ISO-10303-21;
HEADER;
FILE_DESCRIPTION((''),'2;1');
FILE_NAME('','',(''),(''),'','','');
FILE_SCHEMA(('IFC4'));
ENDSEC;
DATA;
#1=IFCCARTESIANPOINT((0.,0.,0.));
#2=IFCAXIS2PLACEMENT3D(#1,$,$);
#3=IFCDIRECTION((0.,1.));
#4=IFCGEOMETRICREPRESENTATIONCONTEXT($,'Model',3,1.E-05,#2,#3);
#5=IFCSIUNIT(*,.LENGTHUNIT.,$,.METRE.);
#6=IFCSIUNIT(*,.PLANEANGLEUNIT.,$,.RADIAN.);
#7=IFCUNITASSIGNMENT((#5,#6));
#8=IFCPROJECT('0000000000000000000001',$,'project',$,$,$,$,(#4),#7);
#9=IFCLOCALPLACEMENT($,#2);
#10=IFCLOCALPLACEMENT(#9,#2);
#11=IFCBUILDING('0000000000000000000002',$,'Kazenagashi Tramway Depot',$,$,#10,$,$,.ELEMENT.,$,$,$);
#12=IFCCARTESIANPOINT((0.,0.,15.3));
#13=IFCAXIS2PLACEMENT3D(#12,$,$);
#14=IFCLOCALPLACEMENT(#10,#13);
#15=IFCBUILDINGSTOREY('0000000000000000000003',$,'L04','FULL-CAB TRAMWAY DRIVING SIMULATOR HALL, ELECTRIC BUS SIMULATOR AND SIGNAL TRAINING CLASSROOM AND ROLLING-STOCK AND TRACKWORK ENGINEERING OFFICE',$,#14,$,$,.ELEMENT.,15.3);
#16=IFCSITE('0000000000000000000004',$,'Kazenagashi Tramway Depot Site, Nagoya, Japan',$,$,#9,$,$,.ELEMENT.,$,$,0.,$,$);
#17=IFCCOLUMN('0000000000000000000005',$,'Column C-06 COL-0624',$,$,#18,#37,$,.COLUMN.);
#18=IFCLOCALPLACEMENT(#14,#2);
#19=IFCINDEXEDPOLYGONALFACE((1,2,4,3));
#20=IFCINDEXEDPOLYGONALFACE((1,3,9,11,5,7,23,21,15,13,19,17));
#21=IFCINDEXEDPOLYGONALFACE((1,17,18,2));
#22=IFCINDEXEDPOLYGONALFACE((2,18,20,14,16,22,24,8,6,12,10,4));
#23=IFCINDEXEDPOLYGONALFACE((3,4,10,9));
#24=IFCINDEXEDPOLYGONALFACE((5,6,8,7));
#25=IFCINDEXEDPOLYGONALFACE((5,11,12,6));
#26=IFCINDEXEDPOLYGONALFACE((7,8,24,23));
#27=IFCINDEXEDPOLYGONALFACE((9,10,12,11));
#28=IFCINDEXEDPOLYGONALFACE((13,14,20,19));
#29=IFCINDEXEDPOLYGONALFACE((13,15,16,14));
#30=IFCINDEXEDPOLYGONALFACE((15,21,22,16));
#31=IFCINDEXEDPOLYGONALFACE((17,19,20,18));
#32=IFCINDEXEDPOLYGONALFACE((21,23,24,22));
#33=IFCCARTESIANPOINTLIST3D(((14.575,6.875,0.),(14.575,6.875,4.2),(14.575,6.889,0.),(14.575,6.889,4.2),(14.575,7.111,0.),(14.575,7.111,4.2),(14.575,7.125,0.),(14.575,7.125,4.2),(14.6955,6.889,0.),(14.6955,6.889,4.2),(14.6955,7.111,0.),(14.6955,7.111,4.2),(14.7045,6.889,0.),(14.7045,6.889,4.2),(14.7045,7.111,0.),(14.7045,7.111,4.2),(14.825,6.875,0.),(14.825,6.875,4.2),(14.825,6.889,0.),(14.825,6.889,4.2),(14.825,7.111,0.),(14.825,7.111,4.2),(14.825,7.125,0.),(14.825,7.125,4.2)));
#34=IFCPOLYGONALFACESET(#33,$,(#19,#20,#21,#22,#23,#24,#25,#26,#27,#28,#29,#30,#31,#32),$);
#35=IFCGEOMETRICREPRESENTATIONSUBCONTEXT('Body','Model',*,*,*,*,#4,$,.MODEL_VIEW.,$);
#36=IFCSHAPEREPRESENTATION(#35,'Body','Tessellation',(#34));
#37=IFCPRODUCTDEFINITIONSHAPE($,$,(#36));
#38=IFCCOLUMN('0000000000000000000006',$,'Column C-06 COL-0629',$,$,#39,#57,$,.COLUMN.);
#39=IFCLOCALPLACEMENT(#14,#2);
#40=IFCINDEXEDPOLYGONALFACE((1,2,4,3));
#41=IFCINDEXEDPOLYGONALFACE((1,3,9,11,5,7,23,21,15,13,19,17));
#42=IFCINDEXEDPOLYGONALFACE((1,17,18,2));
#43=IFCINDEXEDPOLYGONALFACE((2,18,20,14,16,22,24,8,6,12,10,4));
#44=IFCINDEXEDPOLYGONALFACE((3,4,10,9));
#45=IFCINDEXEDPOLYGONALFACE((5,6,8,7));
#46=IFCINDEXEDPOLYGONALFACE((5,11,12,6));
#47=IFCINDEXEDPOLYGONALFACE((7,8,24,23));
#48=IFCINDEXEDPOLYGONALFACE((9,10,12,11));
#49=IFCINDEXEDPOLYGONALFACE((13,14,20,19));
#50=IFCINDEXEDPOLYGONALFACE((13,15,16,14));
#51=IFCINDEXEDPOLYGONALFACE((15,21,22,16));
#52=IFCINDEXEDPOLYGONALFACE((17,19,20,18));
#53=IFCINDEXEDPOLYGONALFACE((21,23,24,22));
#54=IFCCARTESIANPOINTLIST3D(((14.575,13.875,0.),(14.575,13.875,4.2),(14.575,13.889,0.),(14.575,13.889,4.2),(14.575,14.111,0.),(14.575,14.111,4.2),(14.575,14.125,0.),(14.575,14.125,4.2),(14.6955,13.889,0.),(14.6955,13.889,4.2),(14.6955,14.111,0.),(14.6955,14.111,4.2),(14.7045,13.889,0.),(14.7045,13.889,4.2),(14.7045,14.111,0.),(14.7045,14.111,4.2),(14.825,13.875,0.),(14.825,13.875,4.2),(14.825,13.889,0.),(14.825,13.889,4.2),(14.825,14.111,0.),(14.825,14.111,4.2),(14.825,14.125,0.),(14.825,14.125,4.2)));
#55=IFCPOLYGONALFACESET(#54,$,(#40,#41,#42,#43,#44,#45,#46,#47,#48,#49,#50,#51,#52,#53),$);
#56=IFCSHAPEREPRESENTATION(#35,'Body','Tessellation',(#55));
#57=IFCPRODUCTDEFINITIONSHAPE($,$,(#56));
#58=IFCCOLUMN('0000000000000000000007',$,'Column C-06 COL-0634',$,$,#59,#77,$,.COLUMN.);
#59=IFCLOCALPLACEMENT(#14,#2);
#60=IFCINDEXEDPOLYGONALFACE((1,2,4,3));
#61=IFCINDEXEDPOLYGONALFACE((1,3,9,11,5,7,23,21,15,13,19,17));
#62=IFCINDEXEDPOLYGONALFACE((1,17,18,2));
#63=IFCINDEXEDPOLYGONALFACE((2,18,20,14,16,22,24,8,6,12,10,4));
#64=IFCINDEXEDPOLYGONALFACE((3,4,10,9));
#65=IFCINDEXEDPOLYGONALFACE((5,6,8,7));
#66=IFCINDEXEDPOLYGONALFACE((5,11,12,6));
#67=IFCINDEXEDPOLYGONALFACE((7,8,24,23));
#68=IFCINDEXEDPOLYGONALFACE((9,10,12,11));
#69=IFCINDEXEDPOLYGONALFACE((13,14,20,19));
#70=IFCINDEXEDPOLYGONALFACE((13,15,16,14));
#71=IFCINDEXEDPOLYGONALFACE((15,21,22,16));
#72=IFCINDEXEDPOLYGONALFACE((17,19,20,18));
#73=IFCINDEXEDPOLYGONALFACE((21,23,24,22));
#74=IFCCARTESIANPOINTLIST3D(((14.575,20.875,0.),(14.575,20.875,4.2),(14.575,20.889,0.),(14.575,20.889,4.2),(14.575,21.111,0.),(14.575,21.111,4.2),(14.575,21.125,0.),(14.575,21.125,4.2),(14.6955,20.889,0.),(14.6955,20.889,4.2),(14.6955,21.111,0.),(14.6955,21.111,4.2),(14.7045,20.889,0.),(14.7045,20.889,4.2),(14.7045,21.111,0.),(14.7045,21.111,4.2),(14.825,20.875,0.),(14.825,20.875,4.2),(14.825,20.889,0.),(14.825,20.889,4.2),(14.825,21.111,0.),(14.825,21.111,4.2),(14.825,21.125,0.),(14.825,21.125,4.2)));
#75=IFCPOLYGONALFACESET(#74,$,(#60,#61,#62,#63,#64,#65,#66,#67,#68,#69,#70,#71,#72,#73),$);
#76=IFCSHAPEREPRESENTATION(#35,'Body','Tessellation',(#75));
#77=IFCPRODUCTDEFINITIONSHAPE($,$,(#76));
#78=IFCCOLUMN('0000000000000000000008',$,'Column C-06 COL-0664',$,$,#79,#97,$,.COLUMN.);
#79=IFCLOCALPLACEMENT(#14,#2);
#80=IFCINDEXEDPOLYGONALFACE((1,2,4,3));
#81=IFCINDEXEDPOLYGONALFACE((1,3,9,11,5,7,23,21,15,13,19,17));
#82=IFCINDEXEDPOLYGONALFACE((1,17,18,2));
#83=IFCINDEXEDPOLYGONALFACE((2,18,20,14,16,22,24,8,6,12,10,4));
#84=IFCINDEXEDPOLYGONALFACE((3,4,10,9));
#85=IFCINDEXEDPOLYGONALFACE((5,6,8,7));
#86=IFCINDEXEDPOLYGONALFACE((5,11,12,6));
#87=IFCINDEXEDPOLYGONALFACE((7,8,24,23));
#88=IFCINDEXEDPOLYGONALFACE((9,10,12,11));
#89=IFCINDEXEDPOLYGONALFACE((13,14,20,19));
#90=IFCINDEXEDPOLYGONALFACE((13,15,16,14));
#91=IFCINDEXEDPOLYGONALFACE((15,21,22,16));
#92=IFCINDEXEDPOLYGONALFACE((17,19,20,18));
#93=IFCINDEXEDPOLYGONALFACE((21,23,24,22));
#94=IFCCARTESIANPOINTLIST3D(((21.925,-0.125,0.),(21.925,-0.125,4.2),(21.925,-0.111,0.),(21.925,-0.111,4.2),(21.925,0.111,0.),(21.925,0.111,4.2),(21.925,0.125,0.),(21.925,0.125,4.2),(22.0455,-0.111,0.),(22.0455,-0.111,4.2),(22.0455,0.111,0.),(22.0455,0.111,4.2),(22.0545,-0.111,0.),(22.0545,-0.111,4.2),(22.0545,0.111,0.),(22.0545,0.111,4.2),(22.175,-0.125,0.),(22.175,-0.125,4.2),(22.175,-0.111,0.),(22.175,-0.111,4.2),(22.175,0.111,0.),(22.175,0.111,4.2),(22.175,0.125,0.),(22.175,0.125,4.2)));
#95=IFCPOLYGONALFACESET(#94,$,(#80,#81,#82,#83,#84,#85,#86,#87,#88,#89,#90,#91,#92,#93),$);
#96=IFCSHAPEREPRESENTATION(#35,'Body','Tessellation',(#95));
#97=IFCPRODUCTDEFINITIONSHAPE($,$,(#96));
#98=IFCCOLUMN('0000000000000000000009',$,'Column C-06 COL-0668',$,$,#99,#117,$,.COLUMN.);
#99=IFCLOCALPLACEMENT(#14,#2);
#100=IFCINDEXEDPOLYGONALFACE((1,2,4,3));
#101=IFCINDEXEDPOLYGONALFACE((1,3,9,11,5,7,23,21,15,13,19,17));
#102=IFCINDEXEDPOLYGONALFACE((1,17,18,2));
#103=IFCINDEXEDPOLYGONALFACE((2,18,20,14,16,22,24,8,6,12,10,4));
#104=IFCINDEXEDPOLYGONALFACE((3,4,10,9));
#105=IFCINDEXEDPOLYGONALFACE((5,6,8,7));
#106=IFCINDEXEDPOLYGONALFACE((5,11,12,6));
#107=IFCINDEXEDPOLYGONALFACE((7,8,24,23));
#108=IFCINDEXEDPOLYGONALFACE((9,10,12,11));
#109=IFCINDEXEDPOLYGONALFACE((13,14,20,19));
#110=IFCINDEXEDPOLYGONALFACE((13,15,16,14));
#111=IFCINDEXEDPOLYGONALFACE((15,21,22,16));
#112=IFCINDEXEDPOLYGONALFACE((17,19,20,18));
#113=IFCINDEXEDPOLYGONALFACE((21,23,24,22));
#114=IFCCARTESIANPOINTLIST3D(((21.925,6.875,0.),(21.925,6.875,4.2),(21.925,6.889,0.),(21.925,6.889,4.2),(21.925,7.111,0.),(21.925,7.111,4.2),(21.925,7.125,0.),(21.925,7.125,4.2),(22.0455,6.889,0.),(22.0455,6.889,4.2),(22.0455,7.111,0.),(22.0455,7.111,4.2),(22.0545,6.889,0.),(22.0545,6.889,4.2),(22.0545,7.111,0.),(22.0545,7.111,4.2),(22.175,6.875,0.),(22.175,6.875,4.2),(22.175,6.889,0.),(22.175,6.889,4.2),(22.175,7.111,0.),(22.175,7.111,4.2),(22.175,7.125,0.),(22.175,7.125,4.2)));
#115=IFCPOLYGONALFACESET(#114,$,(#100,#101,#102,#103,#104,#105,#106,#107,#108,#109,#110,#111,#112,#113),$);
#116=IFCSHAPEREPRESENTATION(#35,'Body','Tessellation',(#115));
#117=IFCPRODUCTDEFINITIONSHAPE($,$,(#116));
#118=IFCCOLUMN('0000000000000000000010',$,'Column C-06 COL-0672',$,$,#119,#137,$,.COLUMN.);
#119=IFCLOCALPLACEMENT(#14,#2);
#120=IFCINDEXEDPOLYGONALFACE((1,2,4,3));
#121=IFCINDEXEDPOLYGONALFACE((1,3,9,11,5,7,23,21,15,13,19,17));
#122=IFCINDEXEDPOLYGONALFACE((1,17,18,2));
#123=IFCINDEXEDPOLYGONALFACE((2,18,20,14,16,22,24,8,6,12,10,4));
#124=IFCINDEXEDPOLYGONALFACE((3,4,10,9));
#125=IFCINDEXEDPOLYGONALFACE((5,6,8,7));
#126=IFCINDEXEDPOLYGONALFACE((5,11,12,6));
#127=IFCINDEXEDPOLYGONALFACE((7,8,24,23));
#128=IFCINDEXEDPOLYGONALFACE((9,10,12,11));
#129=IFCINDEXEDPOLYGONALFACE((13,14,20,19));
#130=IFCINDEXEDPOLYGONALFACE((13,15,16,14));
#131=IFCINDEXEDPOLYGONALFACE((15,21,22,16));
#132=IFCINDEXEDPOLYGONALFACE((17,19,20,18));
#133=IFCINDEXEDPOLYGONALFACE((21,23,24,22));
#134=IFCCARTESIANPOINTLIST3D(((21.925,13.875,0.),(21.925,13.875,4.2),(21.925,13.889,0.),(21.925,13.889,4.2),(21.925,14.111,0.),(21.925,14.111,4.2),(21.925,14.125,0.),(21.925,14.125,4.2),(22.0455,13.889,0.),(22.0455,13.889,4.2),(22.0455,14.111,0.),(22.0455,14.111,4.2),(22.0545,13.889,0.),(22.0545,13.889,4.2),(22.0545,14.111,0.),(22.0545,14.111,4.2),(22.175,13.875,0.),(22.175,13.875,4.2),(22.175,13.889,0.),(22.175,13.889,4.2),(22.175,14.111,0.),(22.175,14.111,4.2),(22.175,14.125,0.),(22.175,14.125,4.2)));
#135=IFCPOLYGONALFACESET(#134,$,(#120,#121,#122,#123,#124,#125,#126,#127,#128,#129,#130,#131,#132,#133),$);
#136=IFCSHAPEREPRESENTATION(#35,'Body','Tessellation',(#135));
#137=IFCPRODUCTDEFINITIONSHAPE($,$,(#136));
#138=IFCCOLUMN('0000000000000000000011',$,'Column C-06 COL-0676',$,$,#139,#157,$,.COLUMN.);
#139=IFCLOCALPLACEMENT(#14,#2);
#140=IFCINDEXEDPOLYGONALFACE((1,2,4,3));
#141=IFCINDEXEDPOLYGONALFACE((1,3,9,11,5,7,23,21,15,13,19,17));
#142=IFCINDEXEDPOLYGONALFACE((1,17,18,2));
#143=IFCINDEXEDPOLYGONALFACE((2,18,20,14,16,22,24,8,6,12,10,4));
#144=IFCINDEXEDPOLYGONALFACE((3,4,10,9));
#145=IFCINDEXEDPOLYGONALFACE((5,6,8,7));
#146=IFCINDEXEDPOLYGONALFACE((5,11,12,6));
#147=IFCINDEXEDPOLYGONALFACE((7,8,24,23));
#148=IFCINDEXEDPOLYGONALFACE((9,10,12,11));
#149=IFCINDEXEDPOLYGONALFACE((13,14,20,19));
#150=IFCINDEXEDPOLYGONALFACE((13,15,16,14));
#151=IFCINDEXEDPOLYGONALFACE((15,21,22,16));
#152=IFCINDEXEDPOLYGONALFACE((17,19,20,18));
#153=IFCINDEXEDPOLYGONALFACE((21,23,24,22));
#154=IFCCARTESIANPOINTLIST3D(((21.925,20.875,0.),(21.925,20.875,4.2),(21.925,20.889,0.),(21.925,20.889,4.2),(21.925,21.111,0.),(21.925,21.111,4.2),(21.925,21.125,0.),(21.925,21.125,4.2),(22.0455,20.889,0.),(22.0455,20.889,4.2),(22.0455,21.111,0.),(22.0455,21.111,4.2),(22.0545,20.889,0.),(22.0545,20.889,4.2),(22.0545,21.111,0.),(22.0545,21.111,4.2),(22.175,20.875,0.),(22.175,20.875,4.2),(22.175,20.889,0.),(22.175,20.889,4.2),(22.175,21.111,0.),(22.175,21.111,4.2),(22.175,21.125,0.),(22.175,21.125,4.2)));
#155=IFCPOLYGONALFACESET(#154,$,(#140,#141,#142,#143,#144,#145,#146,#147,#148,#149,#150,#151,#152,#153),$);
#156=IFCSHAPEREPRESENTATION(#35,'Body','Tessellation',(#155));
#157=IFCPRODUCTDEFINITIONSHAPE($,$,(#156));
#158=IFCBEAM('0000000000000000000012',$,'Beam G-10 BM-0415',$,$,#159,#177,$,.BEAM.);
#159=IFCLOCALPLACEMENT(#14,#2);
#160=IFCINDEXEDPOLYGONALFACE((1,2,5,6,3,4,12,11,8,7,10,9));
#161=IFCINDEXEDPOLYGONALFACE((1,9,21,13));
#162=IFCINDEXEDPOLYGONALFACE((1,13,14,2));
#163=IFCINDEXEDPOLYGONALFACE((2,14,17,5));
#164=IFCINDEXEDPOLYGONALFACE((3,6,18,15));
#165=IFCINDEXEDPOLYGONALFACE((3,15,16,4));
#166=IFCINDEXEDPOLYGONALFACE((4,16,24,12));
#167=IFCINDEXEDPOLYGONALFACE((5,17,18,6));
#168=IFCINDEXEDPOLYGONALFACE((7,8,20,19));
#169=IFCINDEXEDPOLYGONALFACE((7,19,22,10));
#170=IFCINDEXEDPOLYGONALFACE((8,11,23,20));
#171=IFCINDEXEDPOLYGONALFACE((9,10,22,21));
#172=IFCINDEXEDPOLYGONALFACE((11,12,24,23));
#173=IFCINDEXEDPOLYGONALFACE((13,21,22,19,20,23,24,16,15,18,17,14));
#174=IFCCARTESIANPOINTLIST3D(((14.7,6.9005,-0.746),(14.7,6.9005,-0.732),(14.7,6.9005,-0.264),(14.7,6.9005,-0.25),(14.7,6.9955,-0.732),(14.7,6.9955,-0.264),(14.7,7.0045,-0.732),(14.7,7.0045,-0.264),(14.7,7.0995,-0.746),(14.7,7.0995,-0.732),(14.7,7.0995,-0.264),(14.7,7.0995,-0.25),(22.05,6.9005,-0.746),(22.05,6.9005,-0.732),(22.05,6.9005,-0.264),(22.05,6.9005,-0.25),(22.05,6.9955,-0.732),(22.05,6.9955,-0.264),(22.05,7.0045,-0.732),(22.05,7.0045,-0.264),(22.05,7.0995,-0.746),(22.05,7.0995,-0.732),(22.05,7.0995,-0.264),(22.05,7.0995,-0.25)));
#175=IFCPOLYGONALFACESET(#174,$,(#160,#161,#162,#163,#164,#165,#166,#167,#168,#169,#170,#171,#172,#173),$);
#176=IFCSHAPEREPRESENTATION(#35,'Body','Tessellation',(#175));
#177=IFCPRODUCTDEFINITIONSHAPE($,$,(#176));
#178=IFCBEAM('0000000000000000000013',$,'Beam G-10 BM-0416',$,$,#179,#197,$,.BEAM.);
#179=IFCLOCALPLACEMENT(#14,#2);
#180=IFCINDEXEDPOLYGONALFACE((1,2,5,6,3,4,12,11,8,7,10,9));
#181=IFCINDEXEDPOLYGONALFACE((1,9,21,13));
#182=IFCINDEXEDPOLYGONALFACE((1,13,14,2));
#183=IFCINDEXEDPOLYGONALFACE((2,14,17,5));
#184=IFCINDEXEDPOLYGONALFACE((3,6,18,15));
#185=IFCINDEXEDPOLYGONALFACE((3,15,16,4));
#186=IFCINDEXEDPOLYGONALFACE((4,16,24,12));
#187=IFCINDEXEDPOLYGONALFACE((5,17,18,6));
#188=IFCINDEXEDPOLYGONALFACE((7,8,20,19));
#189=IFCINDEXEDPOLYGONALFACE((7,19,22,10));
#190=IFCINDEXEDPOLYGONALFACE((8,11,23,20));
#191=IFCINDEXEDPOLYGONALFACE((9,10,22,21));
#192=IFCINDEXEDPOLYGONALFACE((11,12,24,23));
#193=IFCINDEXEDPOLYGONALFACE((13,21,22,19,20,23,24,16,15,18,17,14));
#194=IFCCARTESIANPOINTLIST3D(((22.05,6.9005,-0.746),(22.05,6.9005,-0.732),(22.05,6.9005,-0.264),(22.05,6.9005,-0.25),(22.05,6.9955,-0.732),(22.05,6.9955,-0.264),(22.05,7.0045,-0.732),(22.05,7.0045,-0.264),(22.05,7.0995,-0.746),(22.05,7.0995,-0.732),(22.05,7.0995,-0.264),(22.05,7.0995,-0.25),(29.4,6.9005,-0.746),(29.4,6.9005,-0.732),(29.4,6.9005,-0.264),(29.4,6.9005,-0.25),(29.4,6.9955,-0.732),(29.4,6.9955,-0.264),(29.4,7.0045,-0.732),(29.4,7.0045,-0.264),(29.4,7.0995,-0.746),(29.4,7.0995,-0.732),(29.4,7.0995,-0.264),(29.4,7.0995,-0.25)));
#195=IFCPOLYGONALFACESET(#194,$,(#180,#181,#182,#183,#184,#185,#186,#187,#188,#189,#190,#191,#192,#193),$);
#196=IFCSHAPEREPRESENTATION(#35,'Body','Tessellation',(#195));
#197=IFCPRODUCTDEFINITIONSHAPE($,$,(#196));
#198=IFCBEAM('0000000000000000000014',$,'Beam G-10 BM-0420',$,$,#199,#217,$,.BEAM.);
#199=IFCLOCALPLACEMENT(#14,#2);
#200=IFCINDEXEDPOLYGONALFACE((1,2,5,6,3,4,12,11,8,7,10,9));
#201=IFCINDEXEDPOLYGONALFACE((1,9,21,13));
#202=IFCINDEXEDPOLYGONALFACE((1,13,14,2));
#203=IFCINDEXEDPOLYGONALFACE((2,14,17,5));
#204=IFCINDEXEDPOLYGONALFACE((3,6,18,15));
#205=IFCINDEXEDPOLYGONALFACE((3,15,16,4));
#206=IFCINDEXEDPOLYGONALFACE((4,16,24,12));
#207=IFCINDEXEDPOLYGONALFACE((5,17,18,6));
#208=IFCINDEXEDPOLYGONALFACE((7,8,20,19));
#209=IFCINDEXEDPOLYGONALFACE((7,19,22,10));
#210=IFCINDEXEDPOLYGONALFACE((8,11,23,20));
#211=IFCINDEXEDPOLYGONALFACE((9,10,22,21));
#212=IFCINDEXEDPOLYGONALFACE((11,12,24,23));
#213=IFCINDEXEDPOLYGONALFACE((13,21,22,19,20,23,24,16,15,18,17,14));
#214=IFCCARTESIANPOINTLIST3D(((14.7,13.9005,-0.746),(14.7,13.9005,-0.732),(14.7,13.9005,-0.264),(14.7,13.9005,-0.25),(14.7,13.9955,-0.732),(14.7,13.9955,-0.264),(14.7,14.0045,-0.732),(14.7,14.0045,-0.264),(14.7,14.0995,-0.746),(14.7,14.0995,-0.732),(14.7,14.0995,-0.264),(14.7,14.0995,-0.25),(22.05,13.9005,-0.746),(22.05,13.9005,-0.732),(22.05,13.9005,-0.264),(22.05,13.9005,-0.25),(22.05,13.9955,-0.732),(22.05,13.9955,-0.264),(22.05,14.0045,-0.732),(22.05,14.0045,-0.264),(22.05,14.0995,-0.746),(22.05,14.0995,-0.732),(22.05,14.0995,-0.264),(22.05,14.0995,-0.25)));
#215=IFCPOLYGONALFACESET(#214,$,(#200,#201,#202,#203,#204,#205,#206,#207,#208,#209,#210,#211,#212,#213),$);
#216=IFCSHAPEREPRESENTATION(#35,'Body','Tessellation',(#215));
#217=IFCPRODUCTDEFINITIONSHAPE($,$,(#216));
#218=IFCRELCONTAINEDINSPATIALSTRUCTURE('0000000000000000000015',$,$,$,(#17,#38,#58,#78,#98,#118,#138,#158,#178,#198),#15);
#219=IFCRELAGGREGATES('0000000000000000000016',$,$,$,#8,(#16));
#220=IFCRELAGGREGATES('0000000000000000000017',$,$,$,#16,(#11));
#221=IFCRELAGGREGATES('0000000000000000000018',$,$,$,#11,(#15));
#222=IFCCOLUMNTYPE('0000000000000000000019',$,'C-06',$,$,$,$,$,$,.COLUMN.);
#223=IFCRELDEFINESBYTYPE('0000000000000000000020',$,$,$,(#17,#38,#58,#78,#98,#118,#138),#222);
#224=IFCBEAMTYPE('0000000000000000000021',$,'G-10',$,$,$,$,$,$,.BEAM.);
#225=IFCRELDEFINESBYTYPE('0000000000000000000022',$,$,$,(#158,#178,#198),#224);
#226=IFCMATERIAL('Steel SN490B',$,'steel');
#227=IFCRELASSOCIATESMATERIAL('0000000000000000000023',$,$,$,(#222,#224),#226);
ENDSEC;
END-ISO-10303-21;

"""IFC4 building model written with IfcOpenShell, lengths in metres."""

from ifc_helpers import new_model, si_unit, direction, frame, origin, origin_2d, place, context, subcontext, project, spatial, i_section, extrude, material, material_profile, profile_set, type_object, element, save


model = new_model("IFC4")

# Units and contexts
model_context = context("Model", 3, precision=1e-05, world=origin(), true_north=direction((0.0, 1.0)))
body_context = subcontext(model_context, "Body", "Model", "MODEL_VIEW")
ifc_project = project(units=[si_unit("LENGTHUNIT", "METRE"), si_unit("PLANEANGLEUNIT", "RADIAN")], contexts=[model_context])

# Site, building, storey
site_placement = place(None, origin())
site = spatial("IfcSite", under=ifc_project, at=site_placement, Name="Kazenagashi Tramway Depot Site, Nagoya, Japan", CompositionType="ELEMENT", RefElevation=0.0)
building_placement = place(site_placement, origin())
building = spatial("IfcBuilding", under=site, at=building_placement, Name="Kazenagashi Tramway Depot", CompositionType="ELEMENT")
storey_placement = place(building_placement, frame((0.0, 0.0, 15.3)))
storey = spatial("IfcBuildingStorey", under=building, at=storey_placement, Name="L04", Description="FULL-CAB TRAMWAY DRIVING SIMULATOR HALL, ELECTRIC BUS SIMULATOR AND SIGNAL TRAINING CLASSROOM AND ROLLING-STOCK AND TRACKWORK ENGINEERING OFFICE", CompositionType="ELEMENT", Elevation=15.3)

# Columns
ifc_material_1 = material(Name="Steel SN490B", Category="steel")
ifc_material_profile_1 = material_profile(ifc_material_1, i_section(OverallWidth=0.25, OverallDepth=0.25, WebThickness=0.009, FlangeThickness=0.014, at=origin_2d()), Name="H-250x250x9x14")
ifc_profile_set_1 = profile_set([ifc_material_profile_1], Name="Steel SN490B")
column_type = type_object("IfcColumnType", Name="C-06", PredefinedType="COLUMN", material=ifc_profile_set_1)
for number, where, z_axis, x_axis, name in (
    (1, (14.7, 7.0, 0.0), (0.0, 0.0, 1.0), (1.0, 0.0, 0.0), "Column C-06 COL-0624"),
    (2, (14.7, 14.0, 0.0), (0.0, 0.0, 1.0), (1.0, 0.0, 0.0), "Column C-06 COL-0629"),
    (3, (14.7, 21.0, 0.0), (0.0, 0.0, 1.0), (1.0, 0.0, 0.0), "Column C-06 COL-0634"),
    (4, (22.05, 0.0, 0.0), (0.0, 0.0, 1.0), (1.0, 0.0, 0.0), "Column C-06 COL-0664"),
    (5, (22.05, 7.0, 0.0), (0.0, 0.0, 1.0), (1.0, 0.0, 0.0), "Column C-06 COL-0668"),
    (6, (22.05, 14.0, 0.0), (0.0, 0.0, 1.0), (1.0, 0.0, 0.0), "Column C-06 COL-0672"),
    (7, (22.05, 21.0, 0.0), (0.0, 0.0, 1.0), (1.0, 0.0, 0.0), "Column C-06 COL-0676"),
):
    element("IfcColumn", number, at=place(storey_placement, frame(where, z_axis=z_axis, x_axis=x_axis)), inside=storey, type_object=column_type, Name=name, PredefinedType="COLUMN", context=body_context, shape_type="SweptSolid", body=[
        extrude(i_section(OverallWidth=0.25, OverallDepth=0.25, WebThickness=0.009, FlangeThickness=0.014, at=origin_2d()), origin(), (0.0, 0.0, 1.0), 4.2),
    ])

# Beams
ifc_material_profile_2 = material_profile(ifc_material_1, i_section(OverallWidth=0.199, OverallDepth=0.496, WebThickness=0.009, FlangeThickness=0.014, at=origin_2d()), Name="H-496x199x9x14")
ifc_profile_set_2 = profile_set([ifc_material_profile_2], Name="Steel SN490B")
beam_type_1 = type_object("IfcBeamType", Name="G-10", PredefinedType="BEAM", material=ifc_profile_set_2)
for number, where, z_axis, x_axis, name in (
    (8, (14.7, 7.0, -0.498), (1.0, 0.0, 0.0), (0.0, 1.0, 0.0), "Beam G-10 BM-0415"),
    (9, (22.05, 7.0, -0.498), (1.0, 0.0, 0.0), (0.0, 1.0, 0.0), "Beam G-10 BM-0416"),
    (10, (14.7, 14.0, -0.498), (1.0, 0.0, 0.0), (0.0, 1.0, 0.0), "Beam G-10 BM-0420"),
):
    element("IfcBeam", number, at=place(storey_placement, frame(where, z_axis=z_axis, x_axis=x_axis)), inside=storey, type_object=beam_type_1, Name=name, PredefinedType="BEAM", context=body_context, shape_type="SweptSolid", body=[
        extrude(i_section(OverallWidth=0.199, OverallDepth=0.496, WebThickness=0.009, FlangeThickness=0.014, at=origin_2d()), origin(), (0.0, 0.0, 1.0), 7.35),
    ])

save(model, "model.ifc")
